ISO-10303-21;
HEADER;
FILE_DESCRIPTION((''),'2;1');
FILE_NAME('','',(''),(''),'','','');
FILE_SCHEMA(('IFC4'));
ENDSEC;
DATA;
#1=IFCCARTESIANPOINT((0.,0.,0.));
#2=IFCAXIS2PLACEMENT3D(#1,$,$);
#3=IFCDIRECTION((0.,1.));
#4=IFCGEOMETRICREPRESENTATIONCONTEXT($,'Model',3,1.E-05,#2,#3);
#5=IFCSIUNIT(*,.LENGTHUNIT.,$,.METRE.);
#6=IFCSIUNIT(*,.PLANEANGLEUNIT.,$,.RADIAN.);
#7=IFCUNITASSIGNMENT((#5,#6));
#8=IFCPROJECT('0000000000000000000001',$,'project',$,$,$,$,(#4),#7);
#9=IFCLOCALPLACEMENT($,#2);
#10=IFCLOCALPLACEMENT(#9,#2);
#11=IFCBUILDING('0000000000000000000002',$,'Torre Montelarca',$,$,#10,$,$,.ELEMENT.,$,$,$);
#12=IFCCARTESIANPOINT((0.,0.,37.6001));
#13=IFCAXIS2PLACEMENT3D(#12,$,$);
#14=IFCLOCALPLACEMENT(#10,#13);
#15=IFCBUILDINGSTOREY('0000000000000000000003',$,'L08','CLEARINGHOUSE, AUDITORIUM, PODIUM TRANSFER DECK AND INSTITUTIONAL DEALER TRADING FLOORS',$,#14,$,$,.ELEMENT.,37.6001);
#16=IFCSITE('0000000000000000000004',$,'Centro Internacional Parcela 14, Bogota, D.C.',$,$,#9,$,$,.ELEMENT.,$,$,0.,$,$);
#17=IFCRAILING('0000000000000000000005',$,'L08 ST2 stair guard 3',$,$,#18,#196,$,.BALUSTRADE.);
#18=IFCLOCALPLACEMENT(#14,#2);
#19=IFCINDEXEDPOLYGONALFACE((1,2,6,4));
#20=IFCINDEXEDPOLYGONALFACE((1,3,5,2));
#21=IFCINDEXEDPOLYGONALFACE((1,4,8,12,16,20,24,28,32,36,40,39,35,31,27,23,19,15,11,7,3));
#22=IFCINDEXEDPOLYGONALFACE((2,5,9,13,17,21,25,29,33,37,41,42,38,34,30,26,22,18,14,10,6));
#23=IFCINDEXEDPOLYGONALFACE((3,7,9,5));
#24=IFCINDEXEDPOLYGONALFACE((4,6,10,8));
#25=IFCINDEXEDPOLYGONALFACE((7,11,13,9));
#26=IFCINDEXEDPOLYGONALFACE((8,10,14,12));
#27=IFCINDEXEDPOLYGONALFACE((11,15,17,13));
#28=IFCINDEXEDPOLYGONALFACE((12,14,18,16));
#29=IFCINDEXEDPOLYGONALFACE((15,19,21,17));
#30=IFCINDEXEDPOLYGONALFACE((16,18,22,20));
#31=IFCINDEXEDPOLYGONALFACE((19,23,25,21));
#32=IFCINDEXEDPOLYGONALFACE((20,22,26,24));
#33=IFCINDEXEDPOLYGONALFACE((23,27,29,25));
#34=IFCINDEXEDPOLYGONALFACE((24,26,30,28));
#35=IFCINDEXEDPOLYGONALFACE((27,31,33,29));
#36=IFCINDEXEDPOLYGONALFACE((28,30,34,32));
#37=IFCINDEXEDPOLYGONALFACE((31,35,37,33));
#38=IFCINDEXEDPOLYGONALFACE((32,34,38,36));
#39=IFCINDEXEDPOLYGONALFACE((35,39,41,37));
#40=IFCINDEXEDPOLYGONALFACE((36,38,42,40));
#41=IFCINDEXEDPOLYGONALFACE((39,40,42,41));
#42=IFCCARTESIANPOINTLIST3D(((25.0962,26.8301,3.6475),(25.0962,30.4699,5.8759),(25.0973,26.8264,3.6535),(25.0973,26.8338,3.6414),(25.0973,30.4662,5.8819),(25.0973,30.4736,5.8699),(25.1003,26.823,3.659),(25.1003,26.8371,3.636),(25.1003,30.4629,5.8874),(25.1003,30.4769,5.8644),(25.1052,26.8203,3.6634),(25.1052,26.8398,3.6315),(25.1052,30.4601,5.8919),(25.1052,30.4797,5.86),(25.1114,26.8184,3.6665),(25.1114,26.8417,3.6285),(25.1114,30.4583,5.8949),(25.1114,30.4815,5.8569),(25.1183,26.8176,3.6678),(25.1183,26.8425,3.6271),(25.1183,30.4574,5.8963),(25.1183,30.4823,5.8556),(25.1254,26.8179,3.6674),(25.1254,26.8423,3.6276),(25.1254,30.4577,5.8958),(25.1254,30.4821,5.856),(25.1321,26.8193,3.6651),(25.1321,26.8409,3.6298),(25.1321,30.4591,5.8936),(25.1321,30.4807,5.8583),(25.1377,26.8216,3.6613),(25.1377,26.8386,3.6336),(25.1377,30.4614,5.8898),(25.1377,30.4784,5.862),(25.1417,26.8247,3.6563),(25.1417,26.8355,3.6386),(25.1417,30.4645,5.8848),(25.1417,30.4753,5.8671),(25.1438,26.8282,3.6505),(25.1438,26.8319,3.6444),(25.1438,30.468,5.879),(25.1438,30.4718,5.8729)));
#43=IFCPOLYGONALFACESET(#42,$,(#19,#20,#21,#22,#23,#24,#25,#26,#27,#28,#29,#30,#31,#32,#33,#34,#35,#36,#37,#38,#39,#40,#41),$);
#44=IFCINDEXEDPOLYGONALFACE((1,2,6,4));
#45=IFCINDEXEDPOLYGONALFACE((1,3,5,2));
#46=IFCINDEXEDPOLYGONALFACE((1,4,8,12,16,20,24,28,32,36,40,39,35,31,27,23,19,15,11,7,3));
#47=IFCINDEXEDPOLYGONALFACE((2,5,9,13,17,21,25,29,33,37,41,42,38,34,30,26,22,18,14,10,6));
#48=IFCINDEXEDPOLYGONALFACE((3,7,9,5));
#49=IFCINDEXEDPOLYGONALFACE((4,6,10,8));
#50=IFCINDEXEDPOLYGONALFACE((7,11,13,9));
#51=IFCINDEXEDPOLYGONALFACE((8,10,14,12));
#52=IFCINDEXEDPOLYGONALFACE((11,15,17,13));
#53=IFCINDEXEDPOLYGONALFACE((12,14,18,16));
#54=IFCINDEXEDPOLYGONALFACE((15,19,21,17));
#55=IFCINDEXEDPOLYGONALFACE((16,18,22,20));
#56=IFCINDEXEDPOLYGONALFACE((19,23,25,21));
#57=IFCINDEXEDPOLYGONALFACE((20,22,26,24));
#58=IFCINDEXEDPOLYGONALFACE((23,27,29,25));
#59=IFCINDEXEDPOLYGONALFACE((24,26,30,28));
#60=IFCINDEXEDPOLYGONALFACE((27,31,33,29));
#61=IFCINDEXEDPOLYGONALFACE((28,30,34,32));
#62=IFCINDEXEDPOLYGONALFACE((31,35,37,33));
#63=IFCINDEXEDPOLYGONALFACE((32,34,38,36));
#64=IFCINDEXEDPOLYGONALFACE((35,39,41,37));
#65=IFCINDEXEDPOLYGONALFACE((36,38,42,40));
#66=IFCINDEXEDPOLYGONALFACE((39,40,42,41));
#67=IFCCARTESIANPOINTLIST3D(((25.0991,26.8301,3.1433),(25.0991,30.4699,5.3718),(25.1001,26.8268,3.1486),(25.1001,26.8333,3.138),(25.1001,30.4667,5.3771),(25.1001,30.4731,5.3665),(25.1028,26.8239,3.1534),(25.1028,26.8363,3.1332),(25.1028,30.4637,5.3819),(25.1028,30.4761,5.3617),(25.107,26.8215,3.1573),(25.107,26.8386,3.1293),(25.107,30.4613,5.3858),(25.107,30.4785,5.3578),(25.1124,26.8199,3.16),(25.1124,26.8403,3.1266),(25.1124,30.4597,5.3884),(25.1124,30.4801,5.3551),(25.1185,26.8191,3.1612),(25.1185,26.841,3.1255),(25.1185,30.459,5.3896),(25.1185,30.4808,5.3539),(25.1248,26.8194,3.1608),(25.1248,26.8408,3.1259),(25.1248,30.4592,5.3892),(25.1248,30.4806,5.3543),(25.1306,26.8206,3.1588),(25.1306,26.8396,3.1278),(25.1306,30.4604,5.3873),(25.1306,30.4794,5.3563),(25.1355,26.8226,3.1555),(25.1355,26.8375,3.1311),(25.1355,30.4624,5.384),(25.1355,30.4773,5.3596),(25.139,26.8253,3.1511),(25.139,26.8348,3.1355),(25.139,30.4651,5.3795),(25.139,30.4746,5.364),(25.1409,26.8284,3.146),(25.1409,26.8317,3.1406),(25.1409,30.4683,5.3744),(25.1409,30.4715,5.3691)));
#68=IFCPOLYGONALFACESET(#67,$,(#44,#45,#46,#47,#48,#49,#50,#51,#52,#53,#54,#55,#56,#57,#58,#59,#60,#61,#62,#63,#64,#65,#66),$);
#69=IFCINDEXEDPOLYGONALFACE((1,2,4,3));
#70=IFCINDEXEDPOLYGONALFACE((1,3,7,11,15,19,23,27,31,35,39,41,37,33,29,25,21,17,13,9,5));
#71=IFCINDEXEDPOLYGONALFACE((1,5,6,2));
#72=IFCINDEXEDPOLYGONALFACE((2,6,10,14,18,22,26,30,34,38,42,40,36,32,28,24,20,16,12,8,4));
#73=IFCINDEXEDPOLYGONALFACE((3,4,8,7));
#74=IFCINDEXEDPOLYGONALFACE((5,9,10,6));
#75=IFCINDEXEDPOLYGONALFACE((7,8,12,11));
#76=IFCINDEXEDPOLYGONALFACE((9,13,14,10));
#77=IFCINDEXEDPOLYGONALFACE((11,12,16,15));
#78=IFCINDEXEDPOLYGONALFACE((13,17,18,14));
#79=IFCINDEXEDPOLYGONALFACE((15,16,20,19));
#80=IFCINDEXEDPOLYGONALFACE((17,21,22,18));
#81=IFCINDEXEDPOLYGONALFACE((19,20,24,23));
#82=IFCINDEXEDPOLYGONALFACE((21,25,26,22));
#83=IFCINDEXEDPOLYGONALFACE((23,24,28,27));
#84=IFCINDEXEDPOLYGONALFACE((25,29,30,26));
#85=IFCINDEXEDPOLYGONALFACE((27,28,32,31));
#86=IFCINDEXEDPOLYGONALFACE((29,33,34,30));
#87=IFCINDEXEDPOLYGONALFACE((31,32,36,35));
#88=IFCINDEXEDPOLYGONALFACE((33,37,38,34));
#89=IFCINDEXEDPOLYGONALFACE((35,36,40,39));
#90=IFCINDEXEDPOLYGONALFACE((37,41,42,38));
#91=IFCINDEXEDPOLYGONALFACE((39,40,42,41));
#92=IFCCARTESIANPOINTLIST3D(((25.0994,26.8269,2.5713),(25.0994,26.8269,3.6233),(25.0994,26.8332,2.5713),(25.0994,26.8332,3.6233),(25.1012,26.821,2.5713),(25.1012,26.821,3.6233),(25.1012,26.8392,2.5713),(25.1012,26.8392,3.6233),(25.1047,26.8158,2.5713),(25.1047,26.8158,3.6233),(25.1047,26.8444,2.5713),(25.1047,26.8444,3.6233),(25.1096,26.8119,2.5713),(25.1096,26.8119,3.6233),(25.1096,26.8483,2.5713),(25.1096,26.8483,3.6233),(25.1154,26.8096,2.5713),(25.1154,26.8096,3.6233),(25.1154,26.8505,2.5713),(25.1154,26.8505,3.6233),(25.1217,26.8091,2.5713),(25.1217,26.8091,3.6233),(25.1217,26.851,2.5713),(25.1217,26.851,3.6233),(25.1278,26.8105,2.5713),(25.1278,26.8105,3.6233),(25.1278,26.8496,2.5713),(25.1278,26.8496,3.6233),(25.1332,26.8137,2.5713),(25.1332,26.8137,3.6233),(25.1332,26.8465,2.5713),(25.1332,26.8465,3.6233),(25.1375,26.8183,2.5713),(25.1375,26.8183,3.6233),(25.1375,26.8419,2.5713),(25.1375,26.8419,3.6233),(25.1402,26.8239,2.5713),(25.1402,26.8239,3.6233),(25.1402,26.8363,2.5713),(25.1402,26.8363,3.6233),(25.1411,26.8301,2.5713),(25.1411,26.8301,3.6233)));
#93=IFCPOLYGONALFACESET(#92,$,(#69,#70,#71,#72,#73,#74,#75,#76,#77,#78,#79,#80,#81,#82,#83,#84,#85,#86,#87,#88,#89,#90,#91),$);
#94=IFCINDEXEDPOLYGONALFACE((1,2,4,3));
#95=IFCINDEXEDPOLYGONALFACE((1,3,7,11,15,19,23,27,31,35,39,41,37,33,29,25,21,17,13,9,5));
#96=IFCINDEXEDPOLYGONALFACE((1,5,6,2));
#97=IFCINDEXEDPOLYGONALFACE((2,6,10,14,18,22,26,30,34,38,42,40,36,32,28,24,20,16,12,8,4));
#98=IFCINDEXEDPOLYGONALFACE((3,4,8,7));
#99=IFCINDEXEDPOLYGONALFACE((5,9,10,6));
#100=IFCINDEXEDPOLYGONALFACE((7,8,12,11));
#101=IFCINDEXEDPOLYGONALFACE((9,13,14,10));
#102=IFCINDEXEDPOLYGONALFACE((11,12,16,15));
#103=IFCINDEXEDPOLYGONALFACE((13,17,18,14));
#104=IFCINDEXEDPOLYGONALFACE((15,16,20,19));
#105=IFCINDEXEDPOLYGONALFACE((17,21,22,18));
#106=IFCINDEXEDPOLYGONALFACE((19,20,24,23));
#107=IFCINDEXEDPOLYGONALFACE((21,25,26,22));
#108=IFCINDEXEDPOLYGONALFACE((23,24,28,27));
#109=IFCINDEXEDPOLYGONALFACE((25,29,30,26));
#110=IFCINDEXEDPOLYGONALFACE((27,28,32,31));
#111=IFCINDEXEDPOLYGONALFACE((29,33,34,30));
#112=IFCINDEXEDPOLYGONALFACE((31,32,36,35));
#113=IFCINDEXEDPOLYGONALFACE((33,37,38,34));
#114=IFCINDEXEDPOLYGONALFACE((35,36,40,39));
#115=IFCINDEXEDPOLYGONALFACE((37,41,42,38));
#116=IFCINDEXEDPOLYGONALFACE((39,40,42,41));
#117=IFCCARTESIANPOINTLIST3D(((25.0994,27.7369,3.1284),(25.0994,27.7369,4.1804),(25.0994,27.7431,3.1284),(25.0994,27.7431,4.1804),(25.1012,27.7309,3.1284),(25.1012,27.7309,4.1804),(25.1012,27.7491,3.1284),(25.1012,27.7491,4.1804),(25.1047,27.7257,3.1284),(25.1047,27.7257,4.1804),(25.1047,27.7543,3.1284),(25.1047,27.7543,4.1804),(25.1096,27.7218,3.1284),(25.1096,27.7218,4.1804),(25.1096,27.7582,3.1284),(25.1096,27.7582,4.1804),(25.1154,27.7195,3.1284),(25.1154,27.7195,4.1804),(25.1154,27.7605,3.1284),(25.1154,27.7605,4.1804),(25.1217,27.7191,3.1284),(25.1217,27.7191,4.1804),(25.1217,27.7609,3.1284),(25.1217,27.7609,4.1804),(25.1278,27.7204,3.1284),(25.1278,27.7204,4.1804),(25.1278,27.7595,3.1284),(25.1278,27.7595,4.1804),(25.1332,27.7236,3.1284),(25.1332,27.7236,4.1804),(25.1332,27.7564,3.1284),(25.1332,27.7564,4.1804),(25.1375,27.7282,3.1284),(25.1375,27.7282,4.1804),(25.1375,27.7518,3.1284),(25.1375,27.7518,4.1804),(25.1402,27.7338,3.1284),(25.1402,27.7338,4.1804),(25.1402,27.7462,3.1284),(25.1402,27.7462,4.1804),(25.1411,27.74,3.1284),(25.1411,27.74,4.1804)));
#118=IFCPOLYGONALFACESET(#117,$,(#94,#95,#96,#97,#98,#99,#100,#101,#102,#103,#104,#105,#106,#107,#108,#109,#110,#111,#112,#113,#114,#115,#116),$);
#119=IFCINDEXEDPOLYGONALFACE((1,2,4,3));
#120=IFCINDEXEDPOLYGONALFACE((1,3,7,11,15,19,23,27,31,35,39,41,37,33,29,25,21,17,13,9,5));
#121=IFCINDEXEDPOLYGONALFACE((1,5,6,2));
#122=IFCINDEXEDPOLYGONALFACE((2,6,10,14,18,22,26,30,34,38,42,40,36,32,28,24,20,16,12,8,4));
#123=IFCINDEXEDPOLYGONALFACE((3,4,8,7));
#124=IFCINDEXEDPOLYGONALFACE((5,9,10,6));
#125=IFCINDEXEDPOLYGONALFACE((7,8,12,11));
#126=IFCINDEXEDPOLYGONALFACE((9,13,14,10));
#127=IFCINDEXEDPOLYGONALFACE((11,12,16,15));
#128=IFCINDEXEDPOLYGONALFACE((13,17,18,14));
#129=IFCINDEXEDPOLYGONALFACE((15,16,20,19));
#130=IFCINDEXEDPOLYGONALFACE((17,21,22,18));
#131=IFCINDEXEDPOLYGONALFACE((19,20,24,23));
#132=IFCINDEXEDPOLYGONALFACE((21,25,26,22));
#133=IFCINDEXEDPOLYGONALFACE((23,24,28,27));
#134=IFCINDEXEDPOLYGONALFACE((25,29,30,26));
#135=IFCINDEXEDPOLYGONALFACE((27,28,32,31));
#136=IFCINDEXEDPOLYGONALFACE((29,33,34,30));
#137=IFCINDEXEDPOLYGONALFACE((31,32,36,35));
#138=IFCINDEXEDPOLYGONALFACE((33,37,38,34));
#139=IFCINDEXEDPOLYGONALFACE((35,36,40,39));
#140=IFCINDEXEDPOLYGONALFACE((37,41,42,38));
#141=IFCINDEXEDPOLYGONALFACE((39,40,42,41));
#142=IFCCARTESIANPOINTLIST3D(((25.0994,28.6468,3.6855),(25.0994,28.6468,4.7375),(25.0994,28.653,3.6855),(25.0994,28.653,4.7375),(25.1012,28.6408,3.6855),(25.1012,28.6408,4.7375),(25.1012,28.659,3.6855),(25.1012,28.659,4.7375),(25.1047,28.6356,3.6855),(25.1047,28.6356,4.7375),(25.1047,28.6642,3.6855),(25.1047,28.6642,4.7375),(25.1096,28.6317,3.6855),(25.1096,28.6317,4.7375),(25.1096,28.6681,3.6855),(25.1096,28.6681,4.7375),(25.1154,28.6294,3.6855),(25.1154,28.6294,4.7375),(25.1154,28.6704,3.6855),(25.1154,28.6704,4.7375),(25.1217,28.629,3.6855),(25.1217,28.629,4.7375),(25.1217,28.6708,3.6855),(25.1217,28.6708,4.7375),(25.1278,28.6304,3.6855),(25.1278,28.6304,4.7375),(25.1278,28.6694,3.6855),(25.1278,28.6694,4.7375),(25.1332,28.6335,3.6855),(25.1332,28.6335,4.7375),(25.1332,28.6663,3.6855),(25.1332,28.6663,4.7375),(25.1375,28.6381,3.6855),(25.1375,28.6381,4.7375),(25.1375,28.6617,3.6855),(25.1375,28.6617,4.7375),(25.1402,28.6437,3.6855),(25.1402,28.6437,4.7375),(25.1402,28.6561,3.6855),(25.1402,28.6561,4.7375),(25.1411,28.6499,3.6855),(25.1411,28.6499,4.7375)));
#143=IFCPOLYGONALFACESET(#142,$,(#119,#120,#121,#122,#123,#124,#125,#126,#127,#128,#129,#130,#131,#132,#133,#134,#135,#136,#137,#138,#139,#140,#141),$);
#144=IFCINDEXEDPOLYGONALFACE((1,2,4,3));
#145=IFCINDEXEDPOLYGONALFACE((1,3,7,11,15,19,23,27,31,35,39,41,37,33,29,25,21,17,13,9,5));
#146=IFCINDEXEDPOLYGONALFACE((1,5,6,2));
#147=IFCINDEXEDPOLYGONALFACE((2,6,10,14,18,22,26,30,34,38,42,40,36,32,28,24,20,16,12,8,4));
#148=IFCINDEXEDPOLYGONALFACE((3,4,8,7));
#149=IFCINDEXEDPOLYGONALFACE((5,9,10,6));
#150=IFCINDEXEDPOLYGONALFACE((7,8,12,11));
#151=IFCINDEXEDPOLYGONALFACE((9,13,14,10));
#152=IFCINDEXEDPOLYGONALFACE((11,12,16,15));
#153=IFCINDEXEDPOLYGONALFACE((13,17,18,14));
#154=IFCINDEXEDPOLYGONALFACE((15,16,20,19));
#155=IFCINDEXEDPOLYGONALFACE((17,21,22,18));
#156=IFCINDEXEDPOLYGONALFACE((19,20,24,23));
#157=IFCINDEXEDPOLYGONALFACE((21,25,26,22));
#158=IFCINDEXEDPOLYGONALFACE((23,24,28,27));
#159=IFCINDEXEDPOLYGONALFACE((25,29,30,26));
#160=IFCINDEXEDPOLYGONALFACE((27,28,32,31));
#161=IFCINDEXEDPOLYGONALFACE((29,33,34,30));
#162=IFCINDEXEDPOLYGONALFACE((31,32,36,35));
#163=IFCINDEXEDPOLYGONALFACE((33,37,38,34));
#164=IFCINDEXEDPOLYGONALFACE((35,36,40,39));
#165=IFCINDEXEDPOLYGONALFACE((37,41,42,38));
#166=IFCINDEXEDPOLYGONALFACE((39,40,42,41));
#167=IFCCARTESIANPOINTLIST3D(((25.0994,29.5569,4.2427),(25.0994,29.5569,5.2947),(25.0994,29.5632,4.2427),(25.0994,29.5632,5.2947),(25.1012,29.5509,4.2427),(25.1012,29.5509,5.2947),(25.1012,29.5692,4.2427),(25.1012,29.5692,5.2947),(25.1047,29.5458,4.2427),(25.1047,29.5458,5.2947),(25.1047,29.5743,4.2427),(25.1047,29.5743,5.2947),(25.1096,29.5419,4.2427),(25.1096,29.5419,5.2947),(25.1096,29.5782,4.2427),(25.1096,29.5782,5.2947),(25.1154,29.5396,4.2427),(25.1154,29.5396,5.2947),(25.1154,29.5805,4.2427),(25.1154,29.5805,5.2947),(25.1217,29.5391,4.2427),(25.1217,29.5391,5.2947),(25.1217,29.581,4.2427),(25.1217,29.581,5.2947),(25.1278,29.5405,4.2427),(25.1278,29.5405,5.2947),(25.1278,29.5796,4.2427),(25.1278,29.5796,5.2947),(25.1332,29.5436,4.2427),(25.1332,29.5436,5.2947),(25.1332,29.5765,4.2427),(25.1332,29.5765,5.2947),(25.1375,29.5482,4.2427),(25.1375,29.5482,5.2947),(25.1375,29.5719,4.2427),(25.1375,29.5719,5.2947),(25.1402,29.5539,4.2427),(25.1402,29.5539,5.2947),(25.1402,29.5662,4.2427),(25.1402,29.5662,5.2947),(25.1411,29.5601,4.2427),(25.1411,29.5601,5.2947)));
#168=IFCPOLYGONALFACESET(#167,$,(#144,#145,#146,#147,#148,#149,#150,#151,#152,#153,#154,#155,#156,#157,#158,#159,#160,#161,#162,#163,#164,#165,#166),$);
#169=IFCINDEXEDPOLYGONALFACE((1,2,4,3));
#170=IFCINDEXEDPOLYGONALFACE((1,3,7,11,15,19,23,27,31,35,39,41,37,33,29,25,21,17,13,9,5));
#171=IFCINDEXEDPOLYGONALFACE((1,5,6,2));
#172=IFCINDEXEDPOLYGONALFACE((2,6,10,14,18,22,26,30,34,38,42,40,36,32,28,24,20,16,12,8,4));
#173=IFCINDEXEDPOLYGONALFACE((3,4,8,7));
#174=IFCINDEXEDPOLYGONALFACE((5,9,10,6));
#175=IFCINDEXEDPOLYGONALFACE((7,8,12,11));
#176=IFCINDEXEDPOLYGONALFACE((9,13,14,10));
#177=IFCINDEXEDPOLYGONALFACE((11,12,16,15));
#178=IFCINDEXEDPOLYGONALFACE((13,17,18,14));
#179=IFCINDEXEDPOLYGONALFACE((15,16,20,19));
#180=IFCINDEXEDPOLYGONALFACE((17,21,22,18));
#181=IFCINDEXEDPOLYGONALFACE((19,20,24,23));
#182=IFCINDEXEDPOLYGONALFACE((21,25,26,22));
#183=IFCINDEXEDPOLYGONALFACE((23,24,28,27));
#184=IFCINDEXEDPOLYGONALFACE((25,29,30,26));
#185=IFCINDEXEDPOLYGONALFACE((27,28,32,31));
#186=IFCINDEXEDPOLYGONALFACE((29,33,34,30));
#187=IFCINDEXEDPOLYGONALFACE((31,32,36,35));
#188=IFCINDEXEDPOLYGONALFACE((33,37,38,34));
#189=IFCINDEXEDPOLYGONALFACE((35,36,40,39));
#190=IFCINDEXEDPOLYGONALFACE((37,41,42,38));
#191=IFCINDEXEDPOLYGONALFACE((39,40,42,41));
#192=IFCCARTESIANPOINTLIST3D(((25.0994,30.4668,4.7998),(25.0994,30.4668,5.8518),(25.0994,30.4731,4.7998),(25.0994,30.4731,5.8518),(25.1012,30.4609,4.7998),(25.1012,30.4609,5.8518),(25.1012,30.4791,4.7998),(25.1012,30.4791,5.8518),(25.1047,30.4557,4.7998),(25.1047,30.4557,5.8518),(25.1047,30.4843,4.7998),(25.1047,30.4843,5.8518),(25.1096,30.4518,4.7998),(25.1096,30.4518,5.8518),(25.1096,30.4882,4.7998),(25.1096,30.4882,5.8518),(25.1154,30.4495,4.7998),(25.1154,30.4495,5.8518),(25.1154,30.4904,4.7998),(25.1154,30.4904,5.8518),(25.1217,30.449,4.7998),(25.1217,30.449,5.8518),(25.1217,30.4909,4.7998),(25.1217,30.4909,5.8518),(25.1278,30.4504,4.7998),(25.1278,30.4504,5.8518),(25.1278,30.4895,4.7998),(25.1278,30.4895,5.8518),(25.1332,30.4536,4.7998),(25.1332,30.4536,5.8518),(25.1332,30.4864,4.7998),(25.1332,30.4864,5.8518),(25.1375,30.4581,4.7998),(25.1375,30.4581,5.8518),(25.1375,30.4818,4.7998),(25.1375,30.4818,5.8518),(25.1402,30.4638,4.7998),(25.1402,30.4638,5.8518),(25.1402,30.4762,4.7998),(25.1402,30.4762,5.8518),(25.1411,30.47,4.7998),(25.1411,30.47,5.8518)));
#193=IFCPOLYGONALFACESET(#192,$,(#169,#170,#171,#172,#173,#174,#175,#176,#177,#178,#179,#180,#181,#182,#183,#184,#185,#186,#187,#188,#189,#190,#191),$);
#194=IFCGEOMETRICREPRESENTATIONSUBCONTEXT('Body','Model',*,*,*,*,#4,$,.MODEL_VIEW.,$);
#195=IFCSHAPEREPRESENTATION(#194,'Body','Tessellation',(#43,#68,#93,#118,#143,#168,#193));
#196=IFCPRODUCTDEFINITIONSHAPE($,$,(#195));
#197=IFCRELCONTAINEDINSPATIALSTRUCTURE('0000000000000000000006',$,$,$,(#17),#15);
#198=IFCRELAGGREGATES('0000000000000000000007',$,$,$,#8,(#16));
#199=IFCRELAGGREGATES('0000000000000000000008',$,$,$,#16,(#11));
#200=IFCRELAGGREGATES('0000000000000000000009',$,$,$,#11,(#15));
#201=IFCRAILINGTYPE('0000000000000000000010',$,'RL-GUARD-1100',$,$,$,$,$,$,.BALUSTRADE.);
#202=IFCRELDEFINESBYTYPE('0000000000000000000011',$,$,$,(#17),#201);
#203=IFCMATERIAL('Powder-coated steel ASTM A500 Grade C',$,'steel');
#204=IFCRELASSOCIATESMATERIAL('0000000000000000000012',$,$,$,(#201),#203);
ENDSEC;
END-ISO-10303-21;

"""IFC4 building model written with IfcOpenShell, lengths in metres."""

from ifc_helpers import new_model, si_unit, direction, frame, origin, origin_2d, place, context, subcontext, project, spatial, circle, extrude, material, type_object, element, save


model = new_model("IFC4")

# Units and contexts
model_context = context("Model", 3, precision=1e-05, world=origin(), true_north=direction((0.0, 1.0)))
body_context = subcontext(model_context, "Body", "Model", "MODEL_VIEW")
ifc_project = project(units=[si_unit("LENGTHUNIT", "METRE"), si_unit("PLANEANGLEUNIT", "RADIAN")], contexts=[model_context])

# Site, building, storey
site_placement = place(None, origin())
site = spatial("IfcSite", under=ifc_project, at=site_placement, Name="Centro Internacional Parcela 14, Bogota, D.C.", CompositionType="ELEMENT", RefElevation=0.0)
building_placement = place(site_placement, origin())
building = spatial("IfcBuilding", under=site, at=building_placement, Name="Torre Montelarca", CompositionType="ELEMENT")
storey_placement = place(building_placement, frame((0.0, 0.0, 37.6001)))
storey = spatial("IfcBuildingStorey", under=building, at=storey_placement, Name="L08", Description="CLEARINGHOUSE, AUDITORIUM, PODIUM TRANSFER DECK AND INSTITUTIONAL DEALER TRADING FLOORS", CompositionType="ELEMENT", Elevation=37.6001)

# Railing
ifc_material_1 = material(Name="Powder-coated steel ASTM A500 Grade C", Category="steel")
railing_type_1 = type_object("IfcRailingType", Name="RL-GUARD-1100", PredefinedType="BALUSTRADE", material=ifc_material_1)
railing_1_placement = place(storey_placement, frame((25.1201, 26.8301, 2.5713)))
element("IfcRailing", 1, at=railing_1_placement, inside=storey, type_object=railing_type_1, Name="L08 ST2 stair guard 3", PredefinedType="BALUSTRADE", context=body_context, shape_type="SweptSolid", body=[
    extrude(circle(Radius=0.0239, at=origin_2d()), frame((0.0, 0.0, 1.0762), z_axis=(0.0, 0.85285, 0.522156), x_axis=(-1.0, 0.0, 0.0)), (0.0, 0.0, 1.0), 4.2678),
    extrude(circle(Radius=0.021, at=origin_2d()), frame((0.0, 0.0, 0.572), z_axis=(0.0, 0.85285, 0.522156), x_axis=(-1.0, 0.0, 0.0)), (0.0, 0.0, 1.0), 4.2678),
    extrude(circle(Radius=0.021, at=origin_2d()), origin(), (0.0, 0.0, 1.0), 1.052),
    extrude(circle(Radius=0.021, at=origin_2d()), frame((0.0, 0.9099, 0.5571)), (0.0, 0.0, 1.0), 1.052),
    extrude(circle(Radius=0.021, at=origin_2d()), frame((0.0, 1.8198, 1.1143)), (0.0, 0.0, 1.0), 1.052),
    extrude(circle(Radius=0.021, at=origin_2d()), frame((0.0, 2.73, 1.6714)), (0.0, 0.0, 1.0), 1.052),
    extrude(circle(Radius=0.021, at=origin_2d()), frame((0.0, 3.6399, 2.2285)), (0.0, 0.0, 1.0), 1.052),
])

save(model, "model.ifc")
